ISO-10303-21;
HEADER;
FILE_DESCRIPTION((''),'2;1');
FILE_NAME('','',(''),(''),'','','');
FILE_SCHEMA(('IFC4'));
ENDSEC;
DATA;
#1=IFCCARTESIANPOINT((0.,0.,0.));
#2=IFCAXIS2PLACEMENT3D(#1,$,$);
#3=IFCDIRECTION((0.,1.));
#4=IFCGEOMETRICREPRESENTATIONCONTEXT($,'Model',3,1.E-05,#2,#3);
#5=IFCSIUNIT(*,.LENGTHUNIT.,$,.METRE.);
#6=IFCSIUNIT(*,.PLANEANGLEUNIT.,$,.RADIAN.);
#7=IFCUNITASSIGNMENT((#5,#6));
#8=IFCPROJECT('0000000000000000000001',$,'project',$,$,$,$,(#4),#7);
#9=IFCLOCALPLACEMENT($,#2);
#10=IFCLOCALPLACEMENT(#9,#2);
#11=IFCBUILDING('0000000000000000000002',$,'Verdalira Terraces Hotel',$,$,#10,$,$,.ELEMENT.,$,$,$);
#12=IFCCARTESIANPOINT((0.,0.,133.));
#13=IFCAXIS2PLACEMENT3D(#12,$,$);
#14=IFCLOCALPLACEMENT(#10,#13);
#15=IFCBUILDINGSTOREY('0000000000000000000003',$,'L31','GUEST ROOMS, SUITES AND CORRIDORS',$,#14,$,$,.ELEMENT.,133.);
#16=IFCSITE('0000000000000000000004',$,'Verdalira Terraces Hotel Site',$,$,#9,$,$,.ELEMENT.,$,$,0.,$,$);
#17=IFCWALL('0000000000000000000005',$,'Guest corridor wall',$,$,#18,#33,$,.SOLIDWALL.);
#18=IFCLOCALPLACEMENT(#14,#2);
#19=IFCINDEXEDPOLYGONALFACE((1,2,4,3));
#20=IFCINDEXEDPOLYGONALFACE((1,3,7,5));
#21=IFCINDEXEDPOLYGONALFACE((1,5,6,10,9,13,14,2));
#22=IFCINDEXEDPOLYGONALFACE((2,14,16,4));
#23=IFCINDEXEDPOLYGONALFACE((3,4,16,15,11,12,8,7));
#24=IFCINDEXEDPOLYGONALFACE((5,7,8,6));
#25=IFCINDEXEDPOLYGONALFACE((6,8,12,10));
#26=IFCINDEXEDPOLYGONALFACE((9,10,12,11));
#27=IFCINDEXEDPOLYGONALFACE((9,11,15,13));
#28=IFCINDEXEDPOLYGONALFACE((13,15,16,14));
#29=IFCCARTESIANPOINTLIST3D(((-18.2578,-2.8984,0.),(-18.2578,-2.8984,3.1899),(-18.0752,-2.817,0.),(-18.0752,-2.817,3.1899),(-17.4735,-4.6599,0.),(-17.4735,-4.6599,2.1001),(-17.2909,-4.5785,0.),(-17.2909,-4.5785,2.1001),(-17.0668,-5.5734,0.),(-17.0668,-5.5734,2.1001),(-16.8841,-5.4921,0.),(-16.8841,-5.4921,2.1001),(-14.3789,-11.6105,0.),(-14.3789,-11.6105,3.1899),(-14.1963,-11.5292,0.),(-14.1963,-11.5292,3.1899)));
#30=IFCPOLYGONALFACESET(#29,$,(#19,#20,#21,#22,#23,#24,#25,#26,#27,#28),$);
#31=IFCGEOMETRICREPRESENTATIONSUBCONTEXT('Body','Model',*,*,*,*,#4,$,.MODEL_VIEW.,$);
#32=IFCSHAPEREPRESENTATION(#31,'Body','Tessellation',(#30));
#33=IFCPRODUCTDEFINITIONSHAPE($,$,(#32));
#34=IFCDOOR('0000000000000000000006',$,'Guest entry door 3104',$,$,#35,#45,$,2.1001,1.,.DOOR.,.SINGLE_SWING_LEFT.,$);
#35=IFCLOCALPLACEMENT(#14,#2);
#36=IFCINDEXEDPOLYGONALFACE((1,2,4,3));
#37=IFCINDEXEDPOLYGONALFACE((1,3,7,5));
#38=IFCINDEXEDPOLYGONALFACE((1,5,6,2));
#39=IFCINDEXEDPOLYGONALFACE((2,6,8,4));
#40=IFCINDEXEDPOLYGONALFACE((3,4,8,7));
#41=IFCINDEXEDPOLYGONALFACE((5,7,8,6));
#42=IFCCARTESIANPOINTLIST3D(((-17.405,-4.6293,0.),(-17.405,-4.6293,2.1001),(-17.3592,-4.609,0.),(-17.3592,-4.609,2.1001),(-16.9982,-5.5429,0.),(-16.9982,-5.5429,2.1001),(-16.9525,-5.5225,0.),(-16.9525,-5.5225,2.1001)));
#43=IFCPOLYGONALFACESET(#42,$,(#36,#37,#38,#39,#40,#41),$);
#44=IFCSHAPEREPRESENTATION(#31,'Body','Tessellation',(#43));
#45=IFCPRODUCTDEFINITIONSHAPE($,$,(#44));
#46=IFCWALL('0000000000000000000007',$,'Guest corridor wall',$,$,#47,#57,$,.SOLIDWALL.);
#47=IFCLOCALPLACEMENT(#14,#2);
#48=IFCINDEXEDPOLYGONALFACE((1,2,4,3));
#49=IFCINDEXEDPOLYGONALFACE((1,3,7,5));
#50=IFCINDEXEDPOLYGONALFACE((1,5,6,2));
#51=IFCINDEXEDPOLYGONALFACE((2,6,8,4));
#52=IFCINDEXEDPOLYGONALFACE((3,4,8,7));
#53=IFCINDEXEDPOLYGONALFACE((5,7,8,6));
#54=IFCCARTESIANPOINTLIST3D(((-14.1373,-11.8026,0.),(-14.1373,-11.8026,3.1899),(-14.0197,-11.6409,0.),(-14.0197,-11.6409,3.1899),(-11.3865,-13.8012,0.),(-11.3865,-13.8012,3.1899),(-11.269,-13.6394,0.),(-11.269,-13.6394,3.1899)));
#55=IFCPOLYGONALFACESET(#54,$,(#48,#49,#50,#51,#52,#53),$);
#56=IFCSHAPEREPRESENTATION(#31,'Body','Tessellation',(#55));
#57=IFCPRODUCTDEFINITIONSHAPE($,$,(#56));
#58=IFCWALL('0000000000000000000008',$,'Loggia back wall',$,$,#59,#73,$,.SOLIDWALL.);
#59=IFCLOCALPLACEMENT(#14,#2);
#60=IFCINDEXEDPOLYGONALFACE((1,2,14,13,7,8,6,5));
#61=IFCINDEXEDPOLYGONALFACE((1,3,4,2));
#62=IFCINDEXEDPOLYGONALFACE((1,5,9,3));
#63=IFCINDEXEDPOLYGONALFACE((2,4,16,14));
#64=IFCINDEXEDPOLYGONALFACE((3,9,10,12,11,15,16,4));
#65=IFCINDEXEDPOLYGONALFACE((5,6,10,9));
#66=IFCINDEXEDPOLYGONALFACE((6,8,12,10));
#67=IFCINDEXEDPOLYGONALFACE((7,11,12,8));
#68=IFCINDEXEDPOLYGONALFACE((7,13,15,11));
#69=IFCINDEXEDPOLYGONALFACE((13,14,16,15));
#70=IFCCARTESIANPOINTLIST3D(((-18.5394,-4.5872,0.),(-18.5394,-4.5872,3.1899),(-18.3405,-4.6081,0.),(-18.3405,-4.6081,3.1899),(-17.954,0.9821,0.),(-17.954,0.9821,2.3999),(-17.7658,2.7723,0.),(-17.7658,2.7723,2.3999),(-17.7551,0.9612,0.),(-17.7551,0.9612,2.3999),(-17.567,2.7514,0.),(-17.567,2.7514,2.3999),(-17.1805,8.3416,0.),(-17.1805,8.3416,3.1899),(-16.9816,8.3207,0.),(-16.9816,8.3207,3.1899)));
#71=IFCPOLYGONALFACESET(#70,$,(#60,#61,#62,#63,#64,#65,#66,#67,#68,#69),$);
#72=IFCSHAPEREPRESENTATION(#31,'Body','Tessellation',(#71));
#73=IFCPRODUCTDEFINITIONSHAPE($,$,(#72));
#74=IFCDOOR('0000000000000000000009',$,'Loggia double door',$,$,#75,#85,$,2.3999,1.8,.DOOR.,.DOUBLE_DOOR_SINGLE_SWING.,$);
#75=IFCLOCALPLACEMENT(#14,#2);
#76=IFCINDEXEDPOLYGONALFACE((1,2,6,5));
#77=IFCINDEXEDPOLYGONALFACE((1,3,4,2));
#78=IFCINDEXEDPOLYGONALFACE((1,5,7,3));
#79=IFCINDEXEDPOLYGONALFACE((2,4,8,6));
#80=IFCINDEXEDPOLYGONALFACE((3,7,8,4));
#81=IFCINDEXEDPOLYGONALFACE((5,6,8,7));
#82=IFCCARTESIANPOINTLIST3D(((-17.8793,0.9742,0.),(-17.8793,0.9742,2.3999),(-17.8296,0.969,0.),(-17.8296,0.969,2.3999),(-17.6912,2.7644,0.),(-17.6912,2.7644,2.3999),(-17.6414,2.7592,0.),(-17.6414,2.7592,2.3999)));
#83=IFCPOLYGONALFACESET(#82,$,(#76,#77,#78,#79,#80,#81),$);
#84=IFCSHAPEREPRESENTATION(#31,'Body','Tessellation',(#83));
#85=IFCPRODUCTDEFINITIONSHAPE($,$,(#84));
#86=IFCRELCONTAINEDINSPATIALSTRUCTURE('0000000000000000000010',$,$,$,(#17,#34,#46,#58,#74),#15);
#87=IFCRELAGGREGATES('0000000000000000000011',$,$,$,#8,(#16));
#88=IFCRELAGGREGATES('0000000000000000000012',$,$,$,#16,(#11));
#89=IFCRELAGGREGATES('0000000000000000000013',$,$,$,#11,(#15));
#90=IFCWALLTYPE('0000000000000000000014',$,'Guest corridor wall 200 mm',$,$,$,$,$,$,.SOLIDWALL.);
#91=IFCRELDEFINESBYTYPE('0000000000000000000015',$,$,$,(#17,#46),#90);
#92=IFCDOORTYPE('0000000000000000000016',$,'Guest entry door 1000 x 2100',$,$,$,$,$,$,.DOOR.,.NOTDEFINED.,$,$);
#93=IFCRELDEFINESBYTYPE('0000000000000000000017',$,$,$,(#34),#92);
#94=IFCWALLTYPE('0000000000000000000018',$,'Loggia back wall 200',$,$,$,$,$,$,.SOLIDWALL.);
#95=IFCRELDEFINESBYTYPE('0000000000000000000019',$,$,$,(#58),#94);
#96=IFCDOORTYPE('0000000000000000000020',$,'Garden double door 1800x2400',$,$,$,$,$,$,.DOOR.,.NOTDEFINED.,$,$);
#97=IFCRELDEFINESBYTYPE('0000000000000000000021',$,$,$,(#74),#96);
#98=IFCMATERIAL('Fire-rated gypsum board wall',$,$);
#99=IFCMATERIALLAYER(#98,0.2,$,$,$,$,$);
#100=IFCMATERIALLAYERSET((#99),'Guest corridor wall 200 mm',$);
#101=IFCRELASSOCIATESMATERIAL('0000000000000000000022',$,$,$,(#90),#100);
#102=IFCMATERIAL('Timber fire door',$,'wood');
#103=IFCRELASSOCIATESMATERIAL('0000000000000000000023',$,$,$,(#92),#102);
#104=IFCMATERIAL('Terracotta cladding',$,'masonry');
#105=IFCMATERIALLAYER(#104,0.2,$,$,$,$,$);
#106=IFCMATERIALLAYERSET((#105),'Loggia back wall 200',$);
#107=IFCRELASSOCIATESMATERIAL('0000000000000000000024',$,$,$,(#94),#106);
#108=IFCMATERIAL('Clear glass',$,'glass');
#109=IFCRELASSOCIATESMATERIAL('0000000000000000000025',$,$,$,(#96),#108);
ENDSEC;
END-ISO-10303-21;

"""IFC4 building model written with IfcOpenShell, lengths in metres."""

from ifc_helpers import new_model, si_unit, direction, frame, frame_2d, origin, place, context, subcontext, project, spatial, rectangle, extrude, material, layer, layer_set, type_object, element, fill, save


model = new_model("IFC4")

# Units and contexts
model_context = context("Model", 3, precision=1e-05, world=origin(), true_north=direction((0.0, 1.0)))
body_context = subcontext(model_context, "Body", "Model", "MODEL_VIEW")
ifc_project = project(units=[si_unit("LENGTHUNIT", "METRE"), si_unit("PLANEANGLEUNIT", "RADIAN")], contexts=[model_context])

# Site, building, storey
site_placement = place(None, origin())
site = spatial("IfcSite", under=ifc_project, at=site_placement, Name="Verdalira Terraces Hotel Site", CompositionType="ELEMENT", RefElevation=0.0)
building_placement = place(site_placement, origin())
building = spatial("IfcBuilding", under=site, at=building_placement, Name="Verdalira Terraces Hotel", CompositionType="ELEMENT")
storey_placement = place(building_placement, frame((0.0, 0.0, 133.0)))
storey = spatial("IfcBuildingStorey", under=building, at=storey_placement, Name="L31", Description="GUEST ROOMS, SUITES AND CORRIDORS", CompositionType="ELEMENT", Elevation=133.0)

# Wall, opening, door
ifc_material_1 = material(Name="Fire-rated gypsum board wall")
ifc_layer_1 = layer(ifc_material_1, 0.2)
ifc_layer_set_1 = layer_set([ifc_layer_1], Name="Guest corridor wall 200 mm")
wall_type_1 = type_object("IfcWallType", Name="Guest corridor wall 200 mm", PredefinedType="SOLIDWALL", material=ifc_layer_set_1)
wall_1_placement = place(storey_placement, frame((-14.2876, -11.5698, 0.0), z_axis=(0.0, 0.0, 1.0), x_axis=(-0.406737, 0.913545, 0.0)))
wall_1 = element("IfcWall", 1, at=wall_1_placement, inside=storey, type_object=wall_type_1, Name="Guest corridor wall", PredefinedType="SOLIDWALL", context=body_context, shape_type="SweptSolid", body=[
    extrude(rectangle(XDim=9.5366, YDim=0.2, at=frame_2d((4.7683, 0.0))), origin(), (0.0, 0.0, 1.0), 3.1899),
])
opening_1_placement = place(wall_1_placement, frame((6.6084, 0.0, 0.0)))
opening_1 = element("IfcOpeningElement", 2, at=opening_1_placement, cuts=wall_1, PredefinedType="OPENING", context=body_context, shape_type="SweptSolid", body=[
    extrude(rectangle(XDim=1.0, YDim=2.1001, at=frame_2d((0.5, 1.05))), frame((0.0, 0.1099, 0.0), z_axis=(0.0, -1.0, 0.0), x_axis=(1.0, 0.0, 0.0)), (0.0, 0.0, 1.0), 0.22),
])
ifc_material_2 = material(Name="Timber fire door", Category="wood")
door_type_1 = type_object("IfcDoorType", Name="Guest entry door 1000 x 2100", OperationType="NOTDEFINED", PredefinedType="DOOR", material=ifc_material_2)
door_1_placement = place(opening_1_placement, origin())
door_1 = element("IfcDoor", 3, at=door_1_placement, inside=storey, type_object=door_type_1, Name="Guest entry door 3104", OperationType="SINGLE_SWING_LEFT", OverallHeight=2.1001, OverallWidth=1.0, PredefinedType="DOOR", context=body_context, shape_type="SweptSolid", body=[
    extrude(rectangle(XDim=1.0, YDim=2.1001, at=frame_2d((0.5, 1.05))), frame((0.0, 0.0249, 0.0), z_axis=(0.0, -1.0, 0.0), x_axis=(1.0, 0.0, 0.0)), (0.0, 0.0, 1.0), 0.05),
])
fill(opening_1, door_1)

# Wall
wall_2_placement = place(storey_placement, frame((-14.0786, -11.7217, 0.0), z_axis=(0.0, 0.0, 1.0), x_axis=(0.809015, -0.587787, 0.0)))
element("IfcWall", 4, at=wall_2_placement, inside=storey, type_object=wall_type_1, Name="Guest corridor wall", PredefinedType="SOLIDWALL", context=body_context, shape_type="SweptSolid", body=[
    extrude(rectangle(XDim=3.4001, YDim=0.2, at=frame_2d((1.7002, 0.0))), origin(), (0.0, 0.0, 1.0), 3.1899),
])

# Wall, opening, door
ifc_material_3 = material(Name="Terracotta cladding", Category="masonry")
ifc_layer_2 = layer(ifc_material_3, 0.2)
ifc_layer_set_2 = layer_set([ifc_layer_2], Name="Loggia back wall 200")
wall_type_2 = type_object("IfcWallType", Name="Loggia back wall 200", PredefinedType="SOLIDWALL", material=ifc_layer_set_2)
wall_3_placement = place(storey_placement, frame((-18.4399, -4.5977, 0.0), z_axis=(0.0, 0.0, 1.0), x_axis=(0.10453, 0.994522, 0.0)))
wall_3 = element("IfcWall", 5, at=wall_3_placement, inside=storey, type_object=wall_type_2, Name="Loggia back wall", PredefinedType="SOLIDWALL", context=body_context, shape_type="SweptSolid", body=[
    extrude(rectangle(XDim=13.0, YDim=0.2, at=frame_2d((6.5, 0.0))), origin(), (0.0, 0.0, 1.0), 3.1899),
])
opening_2_placement = place(wall_3_placement, frame((5.6001, 0.0, 0.0)))
opening_2 = element("IfcOpeningElement", 6, at=opening_2_placement, cuts=wall_3, PredefinedType="OPENING", context=body_context, shape_type="SweptSolid", body=[
    extrude(rectangle(XDim=1.8, YDim=2.3999, at=frame_2d((0.8999, 1.2))), frame((0.0, 0.1099, 0.0), z_axis=(0.0, -1.0, 0.0), x_axis=(1.0, 0.0, 0.0)), (0.0, 0.0, 1.0), 0.22),
])
ifc_material_4 = material(Name="Clear glass", Category="glass")
door_type_2 = type_object("IfcDoorType", Name="Garden double door 1800x2400", OperationType="NOTDEFINED", PredefinedType="DOOR", material=ifc_material_4)
door_2_placement = place(opening_2_placement, origin())
door_2 = element("IfcDoor", 7, at=door_2_placement, inside=storey, type_object=door_type_2, Name="Loggia double door", OperationType="DOUBLE_DOOR_SINGLE_SWING", OverallHeight=2.3999, OverallWidth=1.8, PredefinedType="DOOR", context=body_context, shape_type="SweptSolid", body=[
    extrude(rectangle(XDim=1.8, YDim=2.3999, at=frame_2d((0.8999, 1.2))), frame((0.0, 0.0249, 0.0), z_axis=(0.0, -1.0, 0.0), x_axis=(1.0, 0.0, 0.0)), (0.0, 0.0, 1.0), 0.05),
])
fill(opening_2, door_2)

save(model, "model.ifc")
